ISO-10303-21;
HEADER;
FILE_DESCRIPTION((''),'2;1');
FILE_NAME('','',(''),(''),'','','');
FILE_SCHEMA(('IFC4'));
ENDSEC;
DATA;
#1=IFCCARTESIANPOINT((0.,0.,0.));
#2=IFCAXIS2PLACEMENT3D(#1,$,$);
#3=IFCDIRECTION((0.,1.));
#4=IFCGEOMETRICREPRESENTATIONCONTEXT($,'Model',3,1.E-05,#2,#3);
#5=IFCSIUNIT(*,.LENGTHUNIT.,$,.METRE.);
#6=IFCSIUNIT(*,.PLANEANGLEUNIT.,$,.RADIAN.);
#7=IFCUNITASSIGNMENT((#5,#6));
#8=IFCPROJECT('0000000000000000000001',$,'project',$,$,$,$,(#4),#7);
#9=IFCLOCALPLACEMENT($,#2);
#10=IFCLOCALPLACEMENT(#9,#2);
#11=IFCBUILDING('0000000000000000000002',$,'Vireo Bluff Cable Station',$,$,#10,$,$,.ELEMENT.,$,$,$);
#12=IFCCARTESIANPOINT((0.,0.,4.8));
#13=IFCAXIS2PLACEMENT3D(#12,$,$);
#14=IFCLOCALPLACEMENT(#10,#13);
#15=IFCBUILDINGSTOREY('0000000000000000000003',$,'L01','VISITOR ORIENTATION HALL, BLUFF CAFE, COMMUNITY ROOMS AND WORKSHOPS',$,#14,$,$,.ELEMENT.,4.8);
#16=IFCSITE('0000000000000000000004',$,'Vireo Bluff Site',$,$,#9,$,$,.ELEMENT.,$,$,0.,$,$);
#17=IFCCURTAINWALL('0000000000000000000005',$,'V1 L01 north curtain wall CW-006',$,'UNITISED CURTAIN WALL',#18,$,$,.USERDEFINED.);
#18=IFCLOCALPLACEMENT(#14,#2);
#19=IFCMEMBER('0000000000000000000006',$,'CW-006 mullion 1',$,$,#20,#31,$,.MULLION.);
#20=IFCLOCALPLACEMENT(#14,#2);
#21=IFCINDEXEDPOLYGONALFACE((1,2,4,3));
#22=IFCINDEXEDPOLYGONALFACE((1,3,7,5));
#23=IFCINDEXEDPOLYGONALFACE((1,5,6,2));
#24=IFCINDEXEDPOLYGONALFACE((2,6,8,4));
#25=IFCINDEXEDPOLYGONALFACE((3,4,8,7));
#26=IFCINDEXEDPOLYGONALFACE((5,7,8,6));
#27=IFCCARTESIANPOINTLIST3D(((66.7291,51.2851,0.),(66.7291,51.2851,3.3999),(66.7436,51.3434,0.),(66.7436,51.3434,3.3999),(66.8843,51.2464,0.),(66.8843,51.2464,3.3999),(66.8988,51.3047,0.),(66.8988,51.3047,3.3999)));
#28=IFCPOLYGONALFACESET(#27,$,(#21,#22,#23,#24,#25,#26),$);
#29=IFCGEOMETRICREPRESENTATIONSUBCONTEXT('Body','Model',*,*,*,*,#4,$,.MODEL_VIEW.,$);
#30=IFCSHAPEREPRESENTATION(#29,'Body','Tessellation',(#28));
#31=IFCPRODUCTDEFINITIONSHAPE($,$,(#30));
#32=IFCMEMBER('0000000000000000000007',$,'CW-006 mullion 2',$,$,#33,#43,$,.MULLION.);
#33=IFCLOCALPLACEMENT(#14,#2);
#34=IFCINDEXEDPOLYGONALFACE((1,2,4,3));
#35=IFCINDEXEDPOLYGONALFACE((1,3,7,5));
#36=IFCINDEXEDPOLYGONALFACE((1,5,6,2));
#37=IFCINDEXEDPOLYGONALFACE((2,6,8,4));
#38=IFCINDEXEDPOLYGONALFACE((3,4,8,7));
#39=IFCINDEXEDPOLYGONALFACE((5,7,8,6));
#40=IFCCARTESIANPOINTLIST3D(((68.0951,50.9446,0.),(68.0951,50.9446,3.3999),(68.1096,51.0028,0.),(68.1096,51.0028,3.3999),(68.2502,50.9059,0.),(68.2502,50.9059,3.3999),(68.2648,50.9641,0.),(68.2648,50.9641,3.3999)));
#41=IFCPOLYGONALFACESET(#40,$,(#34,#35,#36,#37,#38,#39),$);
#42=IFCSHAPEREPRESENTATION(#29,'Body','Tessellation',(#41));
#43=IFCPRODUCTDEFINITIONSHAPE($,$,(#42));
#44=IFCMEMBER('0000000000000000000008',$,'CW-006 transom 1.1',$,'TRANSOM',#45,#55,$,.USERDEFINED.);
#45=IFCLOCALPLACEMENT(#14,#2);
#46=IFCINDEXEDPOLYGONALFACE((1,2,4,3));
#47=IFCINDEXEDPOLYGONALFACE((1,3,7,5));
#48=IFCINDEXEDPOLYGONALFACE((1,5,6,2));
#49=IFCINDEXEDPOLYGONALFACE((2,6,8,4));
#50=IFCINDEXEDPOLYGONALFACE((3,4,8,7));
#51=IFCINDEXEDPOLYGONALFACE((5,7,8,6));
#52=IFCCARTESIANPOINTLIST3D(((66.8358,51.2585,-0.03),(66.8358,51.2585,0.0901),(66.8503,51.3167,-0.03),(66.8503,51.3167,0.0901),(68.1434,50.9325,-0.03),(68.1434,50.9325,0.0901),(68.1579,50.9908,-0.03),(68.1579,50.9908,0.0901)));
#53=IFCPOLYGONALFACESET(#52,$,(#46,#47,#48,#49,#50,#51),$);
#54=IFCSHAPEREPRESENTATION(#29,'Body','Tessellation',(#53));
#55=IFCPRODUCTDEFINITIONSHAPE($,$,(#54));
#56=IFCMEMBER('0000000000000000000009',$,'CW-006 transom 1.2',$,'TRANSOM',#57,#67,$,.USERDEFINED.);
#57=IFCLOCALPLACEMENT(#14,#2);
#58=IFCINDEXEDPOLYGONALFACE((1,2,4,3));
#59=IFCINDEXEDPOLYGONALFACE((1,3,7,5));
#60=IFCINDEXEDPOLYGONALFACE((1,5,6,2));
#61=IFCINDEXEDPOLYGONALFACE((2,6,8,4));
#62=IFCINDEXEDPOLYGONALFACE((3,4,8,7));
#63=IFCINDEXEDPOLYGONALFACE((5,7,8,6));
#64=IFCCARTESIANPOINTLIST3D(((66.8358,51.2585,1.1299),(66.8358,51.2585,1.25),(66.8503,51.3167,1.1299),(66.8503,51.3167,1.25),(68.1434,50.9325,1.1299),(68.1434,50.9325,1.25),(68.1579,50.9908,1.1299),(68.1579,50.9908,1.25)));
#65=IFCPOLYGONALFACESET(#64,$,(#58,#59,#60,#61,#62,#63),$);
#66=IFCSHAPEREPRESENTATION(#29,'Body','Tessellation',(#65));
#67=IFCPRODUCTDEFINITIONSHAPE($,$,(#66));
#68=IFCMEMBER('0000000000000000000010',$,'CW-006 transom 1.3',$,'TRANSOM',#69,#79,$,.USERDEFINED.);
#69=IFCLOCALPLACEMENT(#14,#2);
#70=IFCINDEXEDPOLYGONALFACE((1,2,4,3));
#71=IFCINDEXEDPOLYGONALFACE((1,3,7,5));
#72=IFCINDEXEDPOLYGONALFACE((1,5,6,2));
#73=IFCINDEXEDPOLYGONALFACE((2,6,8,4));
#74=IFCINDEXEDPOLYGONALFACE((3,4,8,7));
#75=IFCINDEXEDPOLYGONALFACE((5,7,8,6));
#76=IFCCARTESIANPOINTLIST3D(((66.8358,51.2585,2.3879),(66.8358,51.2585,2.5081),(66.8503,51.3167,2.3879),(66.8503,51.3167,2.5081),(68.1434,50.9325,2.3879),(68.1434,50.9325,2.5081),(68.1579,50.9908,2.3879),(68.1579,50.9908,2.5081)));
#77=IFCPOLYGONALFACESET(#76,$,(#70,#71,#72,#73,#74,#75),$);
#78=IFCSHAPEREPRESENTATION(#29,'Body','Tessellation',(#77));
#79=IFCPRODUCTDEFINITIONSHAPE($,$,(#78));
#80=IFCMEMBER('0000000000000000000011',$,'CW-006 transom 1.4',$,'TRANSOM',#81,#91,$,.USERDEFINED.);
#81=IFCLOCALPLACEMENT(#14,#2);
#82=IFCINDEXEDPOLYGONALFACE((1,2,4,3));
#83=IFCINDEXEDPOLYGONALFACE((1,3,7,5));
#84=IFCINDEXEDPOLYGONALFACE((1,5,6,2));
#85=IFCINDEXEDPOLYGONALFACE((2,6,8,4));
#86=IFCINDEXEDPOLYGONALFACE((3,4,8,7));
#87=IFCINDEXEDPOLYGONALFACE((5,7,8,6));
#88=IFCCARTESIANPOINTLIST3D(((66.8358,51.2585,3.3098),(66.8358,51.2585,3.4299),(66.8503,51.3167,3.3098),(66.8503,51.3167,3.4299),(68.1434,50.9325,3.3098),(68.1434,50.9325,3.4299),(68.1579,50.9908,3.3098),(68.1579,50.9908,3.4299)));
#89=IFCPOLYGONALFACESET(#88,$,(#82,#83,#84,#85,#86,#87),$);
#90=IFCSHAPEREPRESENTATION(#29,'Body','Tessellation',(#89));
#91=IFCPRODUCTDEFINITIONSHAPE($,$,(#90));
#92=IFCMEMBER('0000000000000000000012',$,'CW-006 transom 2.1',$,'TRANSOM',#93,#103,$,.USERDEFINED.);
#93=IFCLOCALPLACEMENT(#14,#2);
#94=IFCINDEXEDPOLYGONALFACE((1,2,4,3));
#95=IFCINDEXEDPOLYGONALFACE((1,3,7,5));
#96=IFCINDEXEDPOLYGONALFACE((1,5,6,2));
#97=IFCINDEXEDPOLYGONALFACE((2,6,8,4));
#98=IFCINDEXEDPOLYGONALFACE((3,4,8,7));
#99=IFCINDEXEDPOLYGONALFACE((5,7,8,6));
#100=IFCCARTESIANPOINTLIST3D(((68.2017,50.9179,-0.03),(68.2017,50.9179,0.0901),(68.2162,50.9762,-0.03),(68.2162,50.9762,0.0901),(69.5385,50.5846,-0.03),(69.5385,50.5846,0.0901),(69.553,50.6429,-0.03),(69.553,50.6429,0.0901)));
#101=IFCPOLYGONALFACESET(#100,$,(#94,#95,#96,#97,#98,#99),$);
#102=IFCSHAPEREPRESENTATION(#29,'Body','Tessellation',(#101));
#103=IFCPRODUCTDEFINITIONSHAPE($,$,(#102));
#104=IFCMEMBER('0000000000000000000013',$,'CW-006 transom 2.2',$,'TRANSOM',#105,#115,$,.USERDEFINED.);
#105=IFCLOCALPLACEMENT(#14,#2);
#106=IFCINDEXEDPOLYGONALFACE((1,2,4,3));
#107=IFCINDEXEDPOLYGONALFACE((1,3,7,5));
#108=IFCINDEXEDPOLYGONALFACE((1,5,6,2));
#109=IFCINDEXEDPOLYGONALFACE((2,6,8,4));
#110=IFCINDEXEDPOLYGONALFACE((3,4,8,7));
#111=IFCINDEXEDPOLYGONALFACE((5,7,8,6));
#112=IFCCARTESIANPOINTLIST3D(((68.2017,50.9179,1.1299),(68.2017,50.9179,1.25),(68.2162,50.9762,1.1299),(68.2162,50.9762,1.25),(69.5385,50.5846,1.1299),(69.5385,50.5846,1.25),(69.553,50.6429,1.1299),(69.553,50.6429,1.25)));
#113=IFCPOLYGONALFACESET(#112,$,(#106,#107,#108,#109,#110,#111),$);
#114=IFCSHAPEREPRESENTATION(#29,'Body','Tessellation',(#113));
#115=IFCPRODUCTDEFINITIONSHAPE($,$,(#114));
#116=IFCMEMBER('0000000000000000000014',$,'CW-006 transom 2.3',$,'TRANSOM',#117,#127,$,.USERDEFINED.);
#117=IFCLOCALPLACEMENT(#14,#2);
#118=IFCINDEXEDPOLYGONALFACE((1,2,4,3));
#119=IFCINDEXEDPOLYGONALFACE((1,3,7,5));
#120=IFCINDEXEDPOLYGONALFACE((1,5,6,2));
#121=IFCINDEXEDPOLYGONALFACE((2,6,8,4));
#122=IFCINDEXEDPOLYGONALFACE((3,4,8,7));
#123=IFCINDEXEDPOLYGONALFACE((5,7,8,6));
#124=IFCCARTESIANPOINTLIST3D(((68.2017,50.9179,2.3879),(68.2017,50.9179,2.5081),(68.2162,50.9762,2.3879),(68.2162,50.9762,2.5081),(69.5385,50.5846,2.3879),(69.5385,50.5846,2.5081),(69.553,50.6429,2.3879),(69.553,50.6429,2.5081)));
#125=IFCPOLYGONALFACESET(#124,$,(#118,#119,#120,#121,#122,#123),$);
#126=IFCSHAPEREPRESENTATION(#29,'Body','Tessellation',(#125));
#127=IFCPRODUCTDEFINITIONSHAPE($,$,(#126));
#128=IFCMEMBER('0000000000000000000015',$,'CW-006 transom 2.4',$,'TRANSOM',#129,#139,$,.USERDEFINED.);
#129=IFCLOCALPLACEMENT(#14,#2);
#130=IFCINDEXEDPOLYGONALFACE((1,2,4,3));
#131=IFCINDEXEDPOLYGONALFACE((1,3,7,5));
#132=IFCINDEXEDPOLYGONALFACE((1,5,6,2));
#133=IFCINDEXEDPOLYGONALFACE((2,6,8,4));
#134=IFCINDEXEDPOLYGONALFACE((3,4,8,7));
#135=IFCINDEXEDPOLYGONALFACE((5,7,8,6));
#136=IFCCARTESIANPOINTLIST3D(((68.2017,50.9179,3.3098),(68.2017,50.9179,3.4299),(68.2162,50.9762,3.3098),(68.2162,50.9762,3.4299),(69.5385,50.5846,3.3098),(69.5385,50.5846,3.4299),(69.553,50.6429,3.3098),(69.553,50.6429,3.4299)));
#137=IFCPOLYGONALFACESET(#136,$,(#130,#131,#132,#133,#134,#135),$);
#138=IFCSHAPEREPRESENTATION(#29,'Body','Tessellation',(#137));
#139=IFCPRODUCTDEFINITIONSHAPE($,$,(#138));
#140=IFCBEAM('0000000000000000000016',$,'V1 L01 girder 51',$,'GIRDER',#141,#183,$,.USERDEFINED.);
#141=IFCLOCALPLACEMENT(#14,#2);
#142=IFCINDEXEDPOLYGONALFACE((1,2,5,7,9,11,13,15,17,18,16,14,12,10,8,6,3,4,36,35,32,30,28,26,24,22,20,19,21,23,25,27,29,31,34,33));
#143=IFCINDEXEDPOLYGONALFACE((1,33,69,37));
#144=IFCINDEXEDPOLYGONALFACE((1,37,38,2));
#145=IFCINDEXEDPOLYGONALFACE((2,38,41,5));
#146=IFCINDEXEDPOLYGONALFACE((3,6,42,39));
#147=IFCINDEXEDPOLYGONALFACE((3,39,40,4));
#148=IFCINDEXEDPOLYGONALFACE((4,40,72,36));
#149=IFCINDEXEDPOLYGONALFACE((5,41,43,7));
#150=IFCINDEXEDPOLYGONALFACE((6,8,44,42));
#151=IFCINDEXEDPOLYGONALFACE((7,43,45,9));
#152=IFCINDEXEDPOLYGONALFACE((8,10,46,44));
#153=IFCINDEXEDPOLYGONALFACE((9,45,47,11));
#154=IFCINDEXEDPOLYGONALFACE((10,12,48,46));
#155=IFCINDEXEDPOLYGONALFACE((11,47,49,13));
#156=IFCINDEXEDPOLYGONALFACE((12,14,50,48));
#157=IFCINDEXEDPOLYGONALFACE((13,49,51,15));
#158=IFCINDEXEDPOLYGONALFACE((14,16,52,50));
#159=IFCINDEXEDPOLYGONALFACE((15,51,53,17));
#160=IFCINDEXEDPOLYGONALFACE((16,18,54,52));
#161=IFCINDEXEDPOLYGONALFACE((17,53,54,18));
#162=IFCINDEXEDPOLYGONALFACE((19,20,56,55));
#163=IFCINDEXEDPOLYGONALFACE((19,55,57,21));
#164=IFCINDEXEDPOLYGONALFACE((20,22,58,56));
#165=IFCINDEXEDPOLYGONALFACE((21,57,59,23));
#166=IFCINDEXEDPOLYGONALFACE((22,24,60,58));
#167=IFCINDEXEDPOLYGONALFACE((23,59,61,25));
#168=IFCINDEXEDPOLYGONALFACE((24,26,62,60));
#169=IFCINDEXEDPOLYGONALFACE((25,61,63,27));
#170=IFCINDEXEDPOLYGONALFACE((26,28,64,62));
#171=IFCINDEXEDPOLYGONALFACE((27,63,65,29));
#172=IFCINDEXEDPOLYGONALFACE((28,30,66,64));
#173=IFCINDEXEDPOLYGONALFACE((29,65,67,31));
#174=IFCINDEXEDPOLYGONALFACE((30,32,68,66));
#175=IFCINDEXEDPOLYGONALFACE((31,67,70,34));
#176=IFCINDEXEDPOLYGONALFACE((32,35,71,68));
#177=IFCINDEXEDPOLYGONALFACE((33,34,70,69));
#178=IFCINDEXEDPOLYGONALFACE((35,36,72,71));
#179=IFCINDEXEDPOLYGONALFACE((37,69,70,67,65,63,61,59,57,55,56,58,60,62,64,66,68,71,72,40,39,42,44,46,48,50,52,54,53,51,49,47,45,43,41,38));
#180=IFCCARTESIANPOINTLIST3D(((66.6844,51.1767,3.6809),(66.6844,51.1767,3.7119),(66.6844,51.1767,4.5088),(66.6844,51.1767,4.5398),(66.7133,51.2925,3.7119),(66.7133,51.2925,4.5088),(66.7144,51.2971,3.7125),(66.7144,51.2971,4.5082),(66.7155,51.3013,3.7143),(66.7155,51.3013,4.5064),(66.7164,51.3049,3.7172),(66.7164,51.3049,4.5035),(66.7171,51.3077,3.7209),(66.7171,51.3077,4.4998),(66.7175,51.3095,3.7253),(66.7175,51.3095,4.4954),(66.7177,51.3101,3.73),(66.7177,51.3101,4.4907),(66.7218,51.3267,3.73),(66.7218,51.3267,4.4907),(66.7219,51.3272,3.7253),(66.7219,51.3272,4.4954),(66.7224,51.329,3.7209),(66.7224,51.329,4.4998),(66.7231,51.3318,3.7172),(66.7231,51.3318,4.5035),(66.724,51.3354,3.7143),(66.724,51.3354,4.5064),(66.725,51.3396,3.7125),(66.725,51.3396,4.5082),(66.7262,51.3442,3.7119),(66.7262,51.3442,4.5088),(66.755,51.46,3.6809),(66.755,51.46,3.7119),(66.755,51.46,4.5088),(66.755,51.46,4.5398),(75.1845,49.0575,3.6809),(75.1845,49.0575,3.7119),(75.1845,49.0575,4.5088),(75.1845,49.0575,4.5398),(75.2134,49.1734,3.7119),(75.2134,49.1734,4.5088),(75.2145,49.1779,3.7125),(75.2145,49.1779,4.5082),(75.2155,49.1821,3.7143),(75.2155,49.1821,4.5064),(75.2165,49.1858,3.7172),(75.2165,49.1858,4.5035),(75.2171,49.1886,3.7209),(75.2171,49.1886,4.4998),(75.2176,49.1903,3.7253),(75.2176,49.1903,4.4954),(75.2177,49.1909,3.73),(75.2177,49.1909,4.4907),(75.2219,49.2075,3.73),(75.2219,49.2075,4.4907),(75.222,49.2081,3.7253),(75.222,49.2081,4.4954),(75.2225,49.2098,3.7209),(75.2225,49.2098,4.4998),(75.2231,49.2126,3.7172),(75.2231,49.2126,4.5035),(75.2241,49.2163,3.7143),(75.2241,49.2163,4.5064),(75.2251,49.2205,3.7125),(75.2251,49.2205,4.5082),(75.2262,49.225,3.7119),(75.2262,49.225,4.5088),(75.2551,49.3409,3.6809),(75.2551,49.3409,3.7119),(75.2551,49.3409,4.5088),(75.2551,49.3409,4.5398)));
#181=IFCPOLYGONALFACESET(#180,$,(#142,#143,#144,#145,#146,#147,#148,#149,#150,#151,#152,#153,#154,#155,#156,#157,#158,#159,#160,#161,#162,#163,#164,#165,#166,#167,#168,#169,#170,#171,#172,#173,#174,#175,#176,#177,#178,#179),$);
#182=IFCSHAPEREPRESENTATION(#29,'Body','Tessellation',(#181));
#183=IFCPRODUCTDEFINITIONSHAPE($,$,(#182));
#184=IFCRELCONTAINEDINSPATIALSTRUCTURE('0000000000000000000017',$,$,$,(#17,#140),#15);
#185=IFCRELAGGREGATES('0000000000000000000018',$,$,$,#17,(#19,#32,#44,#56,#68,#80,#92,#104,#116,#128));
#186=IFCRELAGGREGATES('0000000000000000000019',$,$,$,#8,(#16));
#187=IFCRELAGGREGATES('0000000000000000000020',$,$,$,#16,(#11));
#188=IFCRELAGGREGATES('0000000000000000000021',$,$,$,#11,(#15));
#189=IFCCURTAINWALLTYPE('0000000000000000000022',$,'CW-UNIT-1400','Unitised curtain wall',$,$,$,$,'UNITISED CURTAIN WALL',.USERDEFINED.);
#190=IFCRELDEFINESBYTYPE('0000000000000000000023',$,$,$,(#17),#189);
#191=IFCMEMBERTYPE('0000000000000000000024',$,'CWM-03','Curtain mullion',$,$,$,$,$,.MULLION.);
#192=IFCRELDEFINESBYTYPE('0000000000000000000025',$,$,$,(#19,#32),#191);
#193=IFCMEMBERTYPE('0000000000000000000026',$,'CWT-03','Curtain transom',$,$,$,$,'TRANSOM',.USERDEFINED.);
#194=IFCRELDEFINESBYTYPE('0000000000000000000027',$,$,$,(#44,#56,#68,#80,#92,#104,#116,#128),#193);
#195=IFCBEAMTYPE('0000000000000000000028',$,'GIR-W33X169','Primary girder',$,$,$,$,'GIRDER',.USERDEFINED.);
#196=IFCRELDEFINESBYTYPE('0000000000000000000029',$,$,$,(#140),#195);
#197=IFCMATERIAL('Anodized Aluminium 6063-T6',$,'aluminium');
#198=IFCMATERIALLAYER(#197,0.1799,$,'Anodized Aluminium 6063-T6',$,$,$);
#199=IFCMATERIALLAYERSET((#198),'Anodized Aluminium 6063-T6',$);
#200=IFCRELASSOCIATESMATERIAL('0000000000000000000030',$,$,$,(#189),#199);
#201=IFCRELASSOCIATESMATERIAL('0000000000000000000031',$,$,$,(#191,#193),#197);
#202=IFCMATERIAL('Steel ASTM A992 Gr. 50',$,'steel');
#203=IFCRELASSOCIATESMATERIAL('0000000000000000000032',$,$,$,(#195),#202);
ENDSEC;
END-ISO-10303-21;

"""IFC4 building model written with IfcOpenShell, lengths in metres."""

from ifc_helpers import new_model, si_unit, direction, frame, origin, origin_2d, place, context, subcontext, project, spatial, rectangle, i_section, extrude, material, layer, layer_set, material_profile, profile_set, type_object, element, aggregate, save


model = new_model("IFC4")

# Units and contexts
model_context = context("Model", 3, precision=1e-05, world=origin(), true_north=direction((0.0, 1.0)))
body_context = subcontext(model_context, "Body", "Model", "MODEL_VIEW")
ifc_project = project(units=[si_unit("LENGTHUNIT", "METRE"), si_unit("PLANEANGLEUNIT", "RADIAN")], contexts=[model_context])

# Site, building, storey
site_placement = place(None, origin())
site = spatial("IfcSite", under=ifc_project, at=site_placement, Name="Vireo Bluff Site", CompositionType="ELEMENT", RefElevation=0.0)
building_placement = place(site_placement, origin())
building = spatial("IfcBuilding", under=site, at=building_placement, Name="Vireo Bluff Cable Station", CompositionType="ELEMENT")
storey_placement = place(building_placement, frame((0.0, 0.0, 4.8)))
storey = spatial("IfcBuildingStorey", under=building, at=storey_placement, Name="L01", Description="VISITOR ORIENTATION HALL, BLUFF CAFE, COMMUNITY ROOMS AND WORKSHOPS", CompositionType="ELEMENT", Elevation=4.8)

# Curtain wall, members
ifc_material_1 = material(Name="Anodized Aluminium 6063-T6", Category="aluminium")
ifc_layer_1 = layer(ifc_material_1, 0.1799, Name="Anodized Aluminium 6063-T6")
ifc_layer_set_1 = layer_set([ifc_layer_1], Name="Anodized Aluminium 6063-T6")
curtain_wall_type = type_object("IfcCurtainWallType", Name="CW-UNIT-1400", Description="Unitised curtain wall", ElementType="UNITISED CURTAIN WALL", PredefinedType="USERDEFINED", material=ifc_layer_set_1)
curtain_wall_placement = place(storey_placement, origin())
curtain_wall = element("IfcCurtainWall", 1, at=curtain_wall_placement, inside=storey, type_object=curtain_wall_type, Name="V1 L01 north curtain wall CW-006", ObjectType="UNITISED CURTAIN WALL", PredefinedType="USERDEFINED")
ifc_material_profile_1 = material_profile(ifc_material_1, rectangle(XDim=0.0601, YDim=0.1599, at=origin_2d()), Name="ALU-M-60X160")
ifc_profile_set_1 = profile_set([ifc_material_profile_1], Name="Anodized Aluminium 6063-T6")
member_type_1 = type_object("IfcMemberType", Name="CWM-03", Description="Curtain mullion", PredefinedType="MULLION", material=ifc_profile_set_1)
member_1_placement = place(storey_placement, frame((66.814, 51.2949, 0.0), z_axis=(0.0, 0.0, 1.0), x_axis=(0.241922, 0.970296, 0.0)))
member_1 = element("IfcMember", 2, at=member_1_placement, type_object=member_type_1, Name="CW-006 mullion 1", PredefinedType="MULLION", context=body_context, shape_type="SweptSolid", body=[
    extrude(rectangle(XDim=0.0601, YDim=0.1599, at=origin_2d()), origin(), (0.0, 0.0, 1.0), 3.3999),
])
member_2_placement = place(storey_placement, frame((68.1799, 50.9543, 0.0), z_axis=(0.0, 0.0, 1.0), x_axis=(0.241922, 0.970296, 0.0)))
member_2 = element("IfcMember", 3, at=member_2_placement, type_object=member_type_1, Name="CW-006 mullion 2", PredefinedType="MULLION", context=body_context, shape_type="SweptSolid", body=[
    extrude(rectangle(XDim=0.0601, YDim=0.1599, at=origin_2d()), origin(), (0.0, 0.0, 1.0), 3.3999),
])
ifc_material_profile_2 = material_profile(ifc_material_1, rectangle(XDim=0.0601, YDim=0.1201, at=origin_2d()), Name="ALU-T-60X120")
ifc_profile_set_2 = profile_set([ifc_material_profile_2], Name="Anodized Aluminium 6063-T6")
member_type_2 = type_object("IfcMemberType", Name="CWT-03", Description="Curtain transom", ElementType="TRANSOM", PredefinedType="USERDEFINED", material=ifc_profile_set_2)
member_3_placement = place(storey_placement, frame((66.843, 51.2876, 0.03), z_axis=(0.970313, -0.241854, 0.0), x_axis=(0.241854, 0.970313, 0.0)))
member_3 = element("IfcMember", 4, at=member_3_placement, type_object=member_type_2, Name="CW-006 transom 1.1", ObjectType="TRANSOM", PredefinedType="USERDEFINED", context=body_context, shape_type="SweptSolid", body=[
    extrude(rectangle(XDim=0.0601, YDim=0.1201, at=origin_2d()), origin(), (0.0, 0.0, 1.0), 1.3477),
])
member_4_placement = place(storey_placement, frame((66.843, 51.2876, 1.1899), z_axis=(0.970313, -0.241854, 0.0), x_axis=(0.241854, 0.970313, 0.0)))
member_4 = element("IfcMember", 5, at=member_4_placement, type_object=member_type_2, Name="CW-006 transom 1.2", ObjectType="TRANSOM", PredefinedType="USERDEFINED", context=body_context, shape_type="SweptSolid", body=[
    extrude(rectangle(XDim=0.0601, YDim=0.1201, at=origin_2d()), origin(), (0.0, 0.0, 1.0), 1.3477),
])
member_5_placement = place(storey_placement, frame((66.843, 51.2876, 2.448), z_axis=(0.970313, -0.241854, 0.0), x_axis=(0.241854, 0.970313, 0.0)))
member_5 = element("IfcMember", 6, at=member_5_placement, type_object=member_type_2, Name="CW-006 transom 1.3", ObjectType="TRANSOM", PredefinedType="USERDEFINED", context=body_context, shape_type="SweptSolid", body=[
    extrude(rectangle(XDim=0.0601, YDim=0.1201, at=origin_2d()), origin(), (0.0, 0.0, 1.0), 1.3477),
])
member_6_placement = place(storey_placement, frame((66.843, 51.2876, 3.3699), z_axis=(0.970313, -0.241854, 0.0), x_axis=(0.241854, 0.970313, 0.0)))
member_6 = element("IfcMember", 7, at=member_6_placement, type_object=member_type_2, Name="CW-006 transom 1.4", ObjectType="TRANSOM", PredefinedType="USERDEFINED", context=body_context, shape_type="SweptSolid", body=[
    extrude(rectangle(XDim=0.0601, YDim=0.1201, at=origin_2d()), origin(), (0.0, 0.0, 1.0), 1.3477),
])
member_7_placement = place(storey_placement, frame((68.209, 50.947, 0.03), z_axis=(0.970299, -0.24191, 0.0), x_axis=(0.24191, 0.970299, 0.0)))
member_7 = element("IfcMember", 8, at=member_7_placement, type_object=member_type_2, Name="CW-006 transom 2.1", ObjectType="TRANSOM", PredefinedType="USERDEFINED", context=body_context, shape_type="SweptSolid", body=[
    extrude(rectangle(XDim=0.0601, YDim=0.1201, at=origin_2d()), origin(), (0.0, 0.0, 1.0), 1.3777),
])
member_8_placement = place(storey_placement, frame((68.209, 50.947, 1.1899), z_axis=(0.970299, -0.24191, 0.0), x_axis=(0.24191, 0.970299, 0.0)))
member_8 = element("IfcMember", 9, at=member_8_placement, type_object=member_type_2, Name="CW-006 transom 2.2", ObjectType="TRANSOM", PredefinedType="USERDEFINED", context=body_context, shape_type="SweptSolid", body=[
    extrude(rectangle(XDim=0.0601, YDim=0.1201, at=origin_2d()), origin(), (0.0, 0.0, 1.0), 1.3777),
])
member_9_placement = place(storey_placement, frame((68.209, 50.947, 2.448), z_axis=(0.970299, -0.24191, 0.0), x_axis=(0.24191, 0.970299, 0.0)))
member_9 = element("IfcMember", 10, at=member_9_placement, type_object=member_type_2, Name="CW-006 transom 2.3", ObjectType="TRANSOM", PredefinedType="USERDEFINED", context=body_context, shape_type="SweptSolid", body=[
    extrude(rectangle(XDim=0.0601, YDim=0.1201, at=origin_2d()), origin(), (0.0, 0.0, 1.0), 1.3777),
])
member_10_placement = place(storey_placement, frame((68.209, 50.947, 3.3699), z_axis=(0.970299, -0.24191, 0.0), x_axis=(0.24191, 0.970299, 0.0)))
member_10 = element("IfcMember", 11, at=member_10_placement, type_object=member_type_2, Name="CW-006 transom 2.4", ObjectType="TRANSOM", PredefinedType="USERDEFINED", context=body_context, shape_type="SweptSolid", body=[
    extrude(rectangle(XDim=0.0601, YDim=0.1201, at=origin_2d()), origin(), (0.0, 0.0, 1.0), 1.3777),
])

# Beam
ifc_material_2 = material(Name="Steel ASTM A992 Gr. 50", Category="steel")
ifc_material_profile_3 = material_profile(ifc_material_2, i_section(OverallWidth=0.292, OverallDepth=0.8589, WebThickness=0.0171, FlangeThickness=0.031, FilletRadius=0.0181, at=origin_2d()), Name="W33X169")
ifc_profile_set_3 = profile_set([ifc_material_profile_3], Name="Steel ASTM A992 Gr. 50")
beam_type_1 = type_object("IfcBeamType", Name="GIR-W33X169", Description="Primary girder", ElementType="GIRDER", PredefinedType="USERDEFINED", material=ifc_profile_set_3)
beam_1_placement = place(storey_placement, frame((66.7197, 51.3184, 4.1104), z_axis=(0.9703, -0.241906, 0.0), x_axis=(0.241906, 0.9703, 0.0)))
element("IfcBeam", 12, at=beam_1_placement, inside=storey, type_object=beam_type_1, Name="V1 L01 girder 51", ObjectType="GIRDER", PredefinedType="USERDEFINED", context=body_context, shape_type="SweptSolid", body=[
    extrude(i_section(OverallWidth=0.292, OverallDepth=0.8589, WebThickness=0.0171, FlangeThickness=0.031, FilletRadius=0.0181, at=origin_2d()), origin(), (0.0, 0.0, 1.0), 8.7603),
])

aggregate(curtain_wall, [member_1, member_2, member_3, member_4, member_5, member_6, member_7, member_8, member_9, member_10])

save(model, "model.ifc")
